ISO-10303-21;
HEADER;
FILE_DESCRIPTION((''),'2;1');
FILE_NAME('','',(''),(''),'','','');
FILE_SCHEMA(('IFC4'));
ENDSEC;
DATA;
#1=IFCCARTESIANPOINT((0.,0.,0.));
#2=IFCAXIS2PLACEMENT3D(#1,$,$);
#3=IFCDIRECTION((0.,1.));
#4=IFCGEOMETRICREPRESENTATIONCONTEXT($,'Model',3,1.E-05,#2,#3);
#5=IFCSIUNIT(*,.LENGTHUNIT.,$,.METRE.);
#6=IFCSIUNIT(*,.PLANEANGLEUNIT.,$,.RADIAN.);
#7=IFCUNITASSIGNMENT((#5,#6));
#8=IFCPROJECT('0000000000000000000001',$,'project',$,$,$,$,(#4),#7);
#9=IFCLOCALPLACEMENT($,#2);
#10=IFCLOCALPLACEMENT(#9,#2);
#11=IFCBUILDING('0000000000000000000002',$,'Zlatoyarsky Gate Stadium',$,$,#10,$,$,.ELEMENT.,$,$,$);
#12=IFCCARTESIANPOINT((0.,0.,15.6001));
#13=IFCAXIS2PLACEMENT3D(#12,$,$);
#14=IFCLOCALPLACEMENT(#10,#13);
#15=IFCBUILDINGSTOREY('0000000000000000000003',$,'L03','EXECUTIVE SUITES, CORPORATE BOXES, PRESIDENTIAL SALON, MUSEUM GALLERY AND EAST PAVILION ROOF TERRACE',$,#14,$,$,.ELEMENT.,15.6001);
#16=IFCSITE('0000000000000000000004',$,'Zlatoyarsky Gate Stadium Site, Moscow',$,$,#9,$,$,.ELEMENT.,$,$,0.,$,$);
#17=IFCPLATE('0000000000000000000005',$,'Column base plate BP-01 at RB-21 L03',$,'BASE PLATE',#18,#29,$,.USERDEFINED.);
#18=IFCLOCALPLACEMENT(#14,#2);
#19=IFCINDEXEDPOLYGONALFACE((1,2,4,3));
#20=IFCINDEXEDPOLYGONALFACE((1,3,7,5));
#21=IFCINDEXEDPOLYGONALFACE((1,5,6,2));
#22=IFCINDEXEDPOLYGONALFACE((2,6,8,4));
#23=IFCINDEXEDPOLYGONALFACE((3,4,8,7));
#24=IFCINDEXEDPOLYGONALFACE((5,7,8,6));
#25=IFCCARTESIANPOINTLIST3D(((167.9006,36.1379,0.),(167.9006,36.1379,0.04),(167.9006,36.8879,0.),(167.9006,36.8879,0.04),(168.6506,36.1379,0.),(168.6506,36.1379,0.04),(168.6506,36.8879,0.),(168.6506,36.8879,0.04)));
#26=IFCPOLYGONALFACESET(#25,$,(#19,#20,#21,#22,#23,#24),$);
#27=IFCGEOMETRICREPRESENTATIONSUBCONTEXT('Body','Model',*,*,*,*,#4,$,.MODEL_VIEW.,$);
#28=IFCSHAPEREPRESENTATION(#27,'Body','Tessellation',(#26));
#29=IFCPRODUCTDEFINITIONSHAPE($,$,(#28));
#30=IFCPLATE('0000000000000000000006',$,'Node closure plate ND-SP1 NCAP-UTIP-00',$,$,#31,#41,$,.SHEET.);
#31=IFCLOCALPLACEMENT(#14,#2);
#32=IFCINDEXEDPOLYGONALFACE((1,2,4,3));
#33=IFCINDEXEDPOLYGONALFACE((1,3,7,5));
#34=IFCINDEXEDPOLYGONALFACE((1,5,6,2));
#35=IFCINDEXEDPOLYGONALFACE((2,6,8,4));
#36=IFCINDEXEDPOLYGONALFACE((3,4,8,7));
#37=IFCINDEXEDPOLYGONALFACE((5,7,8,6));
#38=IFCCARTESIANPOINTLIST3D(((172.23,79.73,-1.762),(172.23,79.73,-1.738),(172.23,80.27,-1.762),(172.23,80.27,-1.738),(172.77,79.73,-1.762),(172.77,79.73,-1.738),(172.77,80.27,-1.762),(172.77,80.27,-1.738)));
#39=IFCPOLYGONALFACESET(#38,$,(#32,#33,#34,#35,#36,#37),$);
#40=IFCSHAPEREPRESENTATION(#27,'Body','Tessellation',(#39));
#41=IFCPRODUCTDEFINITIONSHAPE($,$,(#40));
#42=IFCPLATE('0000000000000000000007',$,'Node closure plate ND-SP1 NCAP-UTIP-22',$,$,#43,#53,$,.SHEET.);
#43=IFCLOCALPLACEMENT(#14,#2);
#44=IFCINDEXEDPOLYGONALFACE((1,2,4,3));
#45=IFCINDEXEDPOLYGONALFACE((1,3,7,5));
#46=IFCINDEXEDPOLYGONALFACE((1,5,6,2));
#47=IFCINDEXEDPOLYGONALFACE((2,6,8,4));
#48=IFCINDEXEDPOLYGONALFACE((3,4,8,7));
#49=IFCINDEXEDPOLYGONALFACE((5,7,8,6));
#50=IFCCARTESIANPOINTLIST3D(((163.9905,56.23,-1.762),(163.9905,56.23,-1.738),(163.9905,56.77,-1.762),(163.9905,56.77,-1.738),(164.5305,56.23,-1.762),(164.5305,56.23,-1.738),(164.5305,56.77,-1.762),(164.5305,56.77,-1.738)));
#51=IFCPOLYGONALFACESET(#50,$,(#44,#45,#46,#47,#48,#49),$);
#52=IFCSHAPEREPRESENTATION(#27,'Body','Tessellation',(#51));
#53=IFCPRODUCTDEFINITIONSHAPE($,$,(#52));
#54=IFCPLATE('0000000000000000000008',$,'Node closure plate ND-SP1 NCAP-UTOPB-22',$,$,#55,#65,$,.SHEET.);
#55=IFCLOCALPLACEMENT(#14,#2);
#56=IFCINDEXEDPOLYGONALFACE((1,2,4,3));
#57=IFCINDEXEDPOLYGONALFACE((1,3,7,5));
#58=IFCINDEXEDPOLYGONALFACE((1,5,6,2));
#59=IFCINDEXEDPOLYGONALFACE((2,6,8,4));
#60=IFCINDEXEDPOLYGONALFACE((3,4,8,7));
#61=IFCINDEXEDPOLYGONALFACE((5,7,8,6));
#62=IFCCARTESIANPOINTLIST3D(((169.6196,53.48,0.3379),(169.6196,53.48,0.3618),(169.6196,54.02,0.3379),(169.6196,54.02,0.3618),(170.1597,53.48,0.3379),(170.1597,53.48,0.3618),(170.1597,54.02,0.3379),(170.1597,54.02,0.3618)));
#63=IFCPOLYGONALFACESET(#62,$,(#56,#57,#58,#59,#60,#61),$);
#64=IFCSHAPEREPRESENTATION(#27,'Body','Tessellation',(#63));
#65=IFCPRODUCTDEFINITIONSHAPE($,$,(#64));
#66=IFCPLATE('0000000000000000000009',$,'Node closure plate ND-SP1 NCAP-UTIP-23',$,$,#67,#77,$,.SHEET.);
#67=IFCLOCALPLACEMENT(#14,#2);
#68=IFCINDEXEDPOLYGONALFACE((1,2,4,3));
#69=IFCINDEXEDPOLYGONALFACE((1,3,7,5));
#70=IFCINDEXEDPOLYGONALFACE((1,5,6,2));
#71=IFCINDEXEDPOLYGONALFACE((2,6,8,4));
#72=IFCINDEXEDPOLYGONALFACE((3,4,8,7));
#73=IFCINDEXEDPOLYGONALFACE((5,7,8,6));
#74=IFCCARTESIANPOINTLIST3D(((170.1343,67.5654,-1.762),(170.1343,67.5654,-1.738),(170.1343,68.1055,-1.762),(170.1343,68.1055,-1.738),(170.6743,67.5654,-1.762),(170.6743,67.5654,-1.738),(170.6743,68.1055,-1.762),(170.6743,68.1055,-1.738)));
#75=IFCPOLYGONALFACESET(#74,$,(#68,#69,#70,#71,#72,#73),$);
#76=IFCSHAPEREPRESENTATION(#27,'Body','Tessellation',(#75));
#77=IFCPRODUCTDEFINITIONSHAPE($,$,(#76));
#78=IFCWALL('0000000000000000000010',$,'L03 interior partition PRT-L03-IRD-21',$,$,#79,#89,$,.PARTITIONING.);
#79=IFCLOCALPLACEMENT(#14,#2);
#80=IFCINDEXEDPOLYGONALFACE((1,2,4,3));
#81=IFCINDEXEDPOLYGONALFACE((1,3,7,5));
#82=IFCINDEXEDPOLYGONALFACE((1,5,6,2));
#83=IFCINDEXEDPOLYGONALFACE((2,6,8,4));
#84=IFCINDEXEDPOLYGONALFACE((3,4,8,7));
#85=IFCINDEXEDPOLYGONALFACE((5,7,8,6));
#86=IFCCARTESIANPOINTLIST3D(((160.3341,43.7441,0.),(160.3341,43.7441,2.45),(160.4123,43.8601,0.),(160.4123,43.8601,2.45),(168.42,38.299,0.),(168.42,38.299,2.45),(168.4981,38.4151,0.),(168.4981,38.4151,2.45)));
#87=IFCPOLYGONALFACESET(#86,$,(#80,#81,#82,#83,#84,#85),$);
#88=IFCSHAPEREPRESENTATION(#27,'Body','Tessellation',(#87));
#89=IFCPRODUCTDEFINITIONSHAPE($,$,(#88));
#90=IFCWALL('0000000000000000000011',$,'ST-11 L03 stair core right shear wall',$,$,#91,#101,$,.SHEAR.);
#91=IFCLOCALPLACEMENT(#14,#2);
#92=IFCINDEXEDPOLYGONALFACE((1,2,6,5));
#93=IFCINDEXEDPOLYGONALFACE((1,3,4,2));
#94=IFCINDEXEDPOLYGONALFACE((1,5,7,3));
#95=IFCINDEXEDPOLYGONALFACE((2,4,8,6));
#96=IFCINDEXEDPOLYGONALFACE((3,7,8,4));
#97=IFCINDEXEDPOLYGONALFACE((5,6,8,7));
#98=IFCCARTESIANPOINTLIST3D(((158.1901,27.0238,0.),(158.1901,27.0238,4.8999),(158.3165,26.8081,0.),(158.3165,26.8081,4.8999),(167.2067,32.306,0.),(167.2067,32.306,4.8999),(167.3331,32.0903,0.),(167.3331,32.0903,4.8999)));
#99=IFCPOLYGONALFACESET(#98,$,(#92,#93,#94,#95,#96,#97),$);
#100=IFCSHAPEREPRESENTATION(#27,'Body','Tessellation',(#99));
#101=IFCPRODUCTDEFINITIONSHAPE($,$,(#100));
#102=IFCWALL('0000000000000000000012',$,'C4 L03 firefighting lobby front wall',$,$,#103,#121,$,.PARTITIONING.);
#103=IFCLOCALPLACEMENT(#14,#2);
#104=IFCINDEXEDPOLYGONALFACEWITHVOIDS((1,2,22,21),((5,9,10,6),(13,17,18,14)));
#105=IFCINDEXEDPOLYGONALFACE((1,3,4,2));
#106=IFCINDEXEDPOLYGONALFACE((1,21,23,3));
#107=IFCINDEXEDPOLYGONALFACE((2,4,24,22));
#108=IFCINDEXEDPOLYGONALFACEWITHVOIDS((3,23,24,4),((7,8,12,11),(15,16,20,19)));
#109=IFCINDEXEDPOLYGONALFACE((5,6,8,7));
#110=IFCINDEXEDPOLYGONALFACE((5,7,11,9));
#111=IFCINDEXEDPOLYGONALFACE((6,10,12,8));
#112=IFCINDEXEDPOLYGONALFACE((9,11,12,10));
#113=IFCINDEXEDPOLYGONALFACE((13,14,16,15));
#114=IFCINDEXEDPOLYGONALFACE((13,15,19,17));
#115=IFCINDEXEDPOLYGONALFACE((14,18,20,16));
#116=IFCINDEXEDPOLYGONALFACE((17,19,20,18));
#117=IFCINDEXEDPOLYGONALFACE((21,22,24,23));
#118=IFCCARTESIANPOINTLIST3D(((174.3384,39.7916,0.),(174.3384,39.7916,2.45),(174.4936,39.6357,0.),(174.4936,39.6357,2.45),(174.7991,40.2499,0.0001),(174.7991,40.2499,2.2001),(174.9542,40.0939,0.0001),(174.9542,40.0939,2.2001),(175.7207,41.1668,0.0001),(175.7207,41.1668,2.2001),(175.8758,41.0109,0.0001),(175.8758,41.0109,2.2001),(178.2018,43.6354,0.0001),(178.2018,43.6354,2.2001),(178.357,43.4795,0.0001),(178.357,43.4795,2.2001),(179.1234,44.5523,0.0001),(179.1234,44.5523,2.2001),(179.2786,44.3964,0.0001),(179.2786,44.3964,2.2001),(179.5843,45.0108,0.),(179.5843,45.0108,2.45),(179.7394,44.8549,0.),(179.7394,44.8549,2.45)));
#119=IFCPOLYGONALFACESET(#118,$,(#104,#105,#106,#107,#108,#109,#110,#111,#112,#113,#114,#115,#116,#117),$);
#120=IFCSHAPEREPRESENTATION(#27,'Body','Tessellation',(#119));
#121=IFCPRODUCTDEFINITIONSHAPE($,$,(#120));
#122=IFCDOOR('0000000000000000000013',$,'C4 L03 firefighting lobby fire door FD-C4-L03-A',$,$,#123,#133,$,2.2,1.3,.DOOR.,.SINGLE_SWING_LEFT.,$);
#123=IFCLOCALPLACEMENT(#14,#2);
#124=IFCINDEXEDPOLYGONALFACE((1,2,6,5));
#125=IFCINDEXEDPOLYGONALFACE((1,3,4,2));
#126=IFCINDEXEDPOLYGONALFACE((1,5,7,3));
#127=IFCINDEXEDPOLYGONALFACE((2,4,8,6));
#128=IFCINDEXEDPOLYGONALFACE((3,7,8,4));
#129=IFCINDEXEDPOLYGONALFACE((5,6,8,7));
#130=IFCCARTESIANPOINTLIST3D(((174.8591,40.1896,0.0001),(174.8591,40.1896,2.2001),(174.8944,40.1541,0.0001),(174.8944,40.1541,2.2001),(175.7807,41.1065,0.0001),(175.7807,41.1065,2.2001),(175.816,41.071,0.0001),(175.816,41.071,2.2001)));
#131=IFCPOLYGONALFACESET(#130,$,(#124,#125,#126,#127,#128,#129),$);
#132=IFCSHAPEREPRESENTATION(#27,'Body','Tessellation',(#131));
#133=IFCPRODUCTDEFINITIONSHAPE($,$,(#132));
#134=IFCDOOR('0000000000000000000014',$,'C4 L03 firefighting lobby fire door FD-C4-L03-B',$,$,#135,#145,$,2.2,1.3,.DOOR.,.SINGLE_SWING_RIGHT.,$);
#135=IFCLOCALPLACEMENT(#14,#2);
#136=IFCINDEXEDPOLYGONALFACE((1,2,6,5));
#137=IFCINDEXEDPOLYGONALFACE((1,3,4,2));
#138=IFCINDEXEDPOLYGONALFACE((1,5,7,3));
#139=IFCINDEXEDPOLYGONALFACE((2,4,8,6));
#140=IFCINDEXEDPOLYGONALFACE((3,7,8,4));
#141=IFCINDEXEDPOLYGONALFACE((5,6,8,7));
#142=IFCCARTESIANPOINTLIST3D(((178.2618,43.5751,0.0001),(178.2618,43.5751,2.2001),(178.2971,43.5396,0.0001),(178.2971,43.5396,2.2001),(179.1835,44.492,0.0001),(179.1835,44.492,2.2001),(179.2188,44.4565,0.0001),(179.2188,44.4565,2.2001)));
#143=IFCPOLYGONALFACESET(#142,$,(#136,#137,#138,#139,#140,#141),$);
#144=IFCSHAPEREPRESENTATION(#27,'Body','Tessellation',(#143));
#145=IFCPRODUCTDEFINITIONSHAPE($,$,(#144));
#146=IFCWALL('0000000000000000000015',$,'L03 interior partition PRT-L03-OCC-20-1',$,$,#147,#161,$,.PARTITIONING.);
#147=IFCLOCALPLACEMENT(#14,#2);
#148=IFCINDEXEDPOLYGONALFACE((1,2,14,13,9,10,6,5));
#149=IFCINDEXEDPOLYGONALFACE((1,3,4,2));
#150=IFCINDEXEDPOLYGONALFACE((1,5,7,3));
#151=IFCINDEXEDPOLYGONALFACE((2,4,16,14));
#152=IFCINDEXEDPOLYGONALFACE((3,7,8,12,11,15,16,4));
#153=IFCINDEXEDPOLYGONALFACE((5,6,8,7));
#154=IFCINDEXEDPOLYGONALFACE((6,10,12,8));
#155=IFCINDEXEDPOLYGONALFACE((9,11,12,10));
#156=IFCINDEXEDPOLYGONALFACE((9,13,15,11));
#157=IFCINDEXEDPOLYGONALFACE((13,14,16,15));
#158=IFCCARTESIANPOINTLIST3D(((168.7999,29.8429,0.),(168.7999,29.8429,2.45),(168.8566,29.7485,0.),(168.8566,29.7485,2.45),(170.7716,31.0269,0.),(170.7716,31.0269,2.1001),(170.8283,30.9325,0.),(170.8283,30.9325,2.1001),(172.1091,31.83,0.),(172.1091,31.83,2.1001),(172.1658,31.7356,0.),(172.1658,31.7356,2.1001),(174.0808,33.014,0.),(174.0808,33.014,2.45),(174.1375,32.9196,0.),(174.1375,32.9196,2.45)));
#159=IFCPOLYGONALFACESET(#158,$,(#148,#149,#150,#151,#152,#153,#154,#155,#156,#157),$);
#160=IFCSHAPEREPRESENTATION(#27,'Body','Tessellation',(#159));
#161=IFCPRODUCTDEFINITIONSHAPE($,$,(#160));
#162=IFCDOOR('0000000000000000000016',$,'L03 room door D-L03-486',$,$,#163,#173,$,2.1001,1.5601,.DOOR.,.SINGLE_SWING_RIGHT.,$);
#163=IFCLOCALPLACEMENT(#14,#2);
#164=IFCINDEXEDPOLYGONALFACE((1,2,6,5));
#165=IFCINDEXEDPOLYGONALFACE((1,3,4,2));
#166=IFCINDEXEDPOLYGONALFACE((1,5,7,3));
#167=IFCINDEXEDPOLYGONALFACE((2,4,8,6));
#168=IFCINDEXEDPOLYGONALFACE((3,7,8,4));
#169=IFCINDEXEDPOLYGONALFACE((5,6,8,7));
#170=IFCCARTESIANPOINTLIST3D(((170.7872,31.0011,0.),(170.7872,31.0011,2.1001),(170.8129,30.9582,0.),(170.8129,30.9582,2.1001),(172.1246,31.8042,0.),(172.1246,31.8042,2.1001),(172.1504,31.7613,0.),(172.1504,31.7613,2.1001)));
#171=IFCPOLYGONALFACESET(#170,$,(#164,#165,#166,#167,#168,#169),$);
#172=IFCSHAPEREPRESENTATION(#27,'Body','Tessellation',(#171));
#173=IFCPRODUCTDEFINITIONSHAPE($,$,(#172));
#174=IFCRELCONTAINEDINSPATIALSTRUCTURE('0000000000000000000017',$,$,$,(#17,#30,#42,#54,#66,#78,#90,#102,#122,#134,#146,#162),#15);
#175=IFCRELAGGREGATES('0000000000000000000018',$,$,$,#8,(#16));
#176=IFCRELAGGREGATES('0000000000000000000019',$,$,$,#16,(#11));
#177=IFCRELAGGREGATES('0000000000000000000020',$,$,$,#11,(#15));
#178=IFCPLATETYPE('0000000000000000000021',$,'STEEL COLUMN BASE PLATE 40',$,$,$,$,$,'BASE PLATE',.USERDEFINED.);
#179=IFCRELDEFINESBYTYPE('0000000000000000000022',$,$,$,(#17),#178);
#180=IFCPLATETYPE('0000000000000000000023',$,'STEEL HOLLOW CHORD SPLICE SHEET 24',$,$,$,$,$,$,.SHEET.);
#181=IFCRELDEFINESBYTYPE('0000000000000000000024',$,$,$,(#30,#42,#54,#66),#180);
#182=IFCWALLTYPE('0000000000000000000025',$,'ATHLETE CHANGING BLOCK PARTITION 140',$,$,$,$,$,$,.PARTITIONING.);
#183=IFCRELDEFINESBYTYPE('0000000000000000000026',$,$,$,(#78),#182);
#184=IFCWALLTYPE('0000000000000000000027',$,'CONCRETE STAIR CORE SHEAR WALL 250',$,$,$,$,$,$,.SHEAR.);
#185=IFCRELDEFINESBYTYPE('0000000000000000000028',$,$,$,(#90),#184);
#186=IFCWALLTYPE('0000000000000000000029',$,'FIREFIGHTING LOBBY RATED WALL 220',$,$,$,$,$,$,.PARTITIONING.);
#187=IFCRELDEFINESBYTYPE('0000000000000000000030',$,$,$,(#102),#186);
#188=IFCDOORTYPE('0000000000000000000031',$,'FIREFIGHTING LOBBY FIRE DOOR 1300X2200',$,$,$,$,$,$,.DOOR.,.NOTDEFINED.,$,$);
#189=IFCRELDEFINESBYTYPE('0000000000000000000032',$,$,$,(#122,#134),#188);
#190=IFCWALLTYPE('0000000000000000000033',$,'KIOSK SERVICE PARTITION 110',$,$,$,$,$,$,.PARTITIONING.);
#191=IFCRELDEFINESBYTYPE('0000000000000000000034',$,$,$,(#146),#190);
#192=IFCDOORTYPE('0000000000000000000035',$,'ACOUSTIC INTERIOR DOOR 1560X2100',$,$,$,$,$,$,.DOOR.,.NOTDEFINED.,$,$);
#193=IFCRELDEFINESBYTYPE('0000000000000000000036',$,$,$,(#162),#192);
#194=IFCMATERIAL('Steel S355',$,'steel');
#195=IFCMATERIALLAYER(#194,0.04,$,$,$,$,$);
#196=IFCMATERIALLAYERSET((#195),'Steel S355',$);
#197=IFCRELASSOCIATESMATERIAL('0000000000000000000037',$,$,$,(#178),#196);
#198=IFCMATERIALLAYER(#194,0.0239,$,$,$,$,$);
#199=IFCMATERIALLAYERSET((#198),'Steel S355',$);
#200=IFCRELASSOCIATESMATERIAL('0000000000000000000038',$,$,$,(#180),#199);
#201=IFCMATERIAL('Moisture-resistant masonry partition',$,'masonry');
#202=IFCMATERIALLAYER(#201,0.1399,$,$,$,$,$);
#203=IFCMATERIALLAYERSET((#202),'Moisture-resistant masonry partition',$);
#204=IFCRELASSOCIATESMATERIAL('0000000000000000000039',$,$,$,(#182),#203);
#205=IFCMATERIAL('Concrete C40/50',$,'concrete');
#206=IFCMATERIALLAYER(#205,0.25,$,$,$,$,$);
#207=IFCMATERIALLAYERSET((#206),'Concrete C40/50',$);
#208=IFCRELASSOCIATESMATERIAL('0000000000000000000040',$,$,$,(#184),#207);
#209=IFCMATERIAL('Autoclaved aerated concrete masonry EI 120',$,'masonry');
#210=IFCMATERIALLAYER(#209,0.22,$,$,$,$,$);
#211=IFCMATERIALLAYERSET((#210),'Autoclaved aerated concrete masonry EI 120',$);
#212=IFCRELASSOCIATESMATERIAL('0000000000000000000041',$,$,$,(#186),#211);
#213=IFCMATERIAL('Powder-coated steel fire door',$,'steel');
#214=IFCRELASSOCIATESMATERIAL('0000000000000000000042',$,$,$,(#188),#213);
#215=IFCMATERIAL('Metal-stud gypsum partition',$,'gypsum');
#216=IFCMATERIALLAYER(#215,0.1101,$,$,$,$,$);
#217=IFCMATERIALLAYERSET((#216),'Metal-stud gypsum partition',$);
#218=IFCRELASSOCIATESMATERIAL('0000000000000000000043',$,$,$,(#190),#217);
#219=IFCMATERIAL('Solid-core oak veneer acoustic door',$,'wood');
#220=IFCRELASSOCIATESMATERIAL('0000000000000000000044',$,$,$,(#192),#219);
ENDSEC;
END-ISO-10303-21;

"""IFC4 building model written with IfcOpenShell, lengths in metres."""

from ifc_helpers import new_model, si_unit, direction, frame, frame_2d, origin, origin_2d, place, context, subcontext, project, spatial, rectangle, extrude, material, layer, layer_set, type_object, element, fill, save


model = new_model("IFC4")

# Units and contexts
model_context = context("Model", 3, precision=1e-05, world=origin(), true_north=direction((0.0, 1.0)))
body_context = subcontext(model_context, "Body", "Model", "MODEL_VIEW")
ifc_project = project(units=[si_unit("LENGTHUNIT", "METRE"), si_unit("PLANEANGLEUNIT", "RADIAN")], contexts=[model_context])

# Site, building, storey
site_placement = place(None, origin())
site = spatial("IfcSite", under=ifc_project, at=site_placement, Name="Zlatoyarsky Gate Stadium Site, Moscow", CompositionType="ELEMENT", RefElevation=0.0)
building_placement = place(site_placement, origin())
building = spatial("IfcBuilding", under=site, at=building_placement, Name="Zlatoyarsky Gate Stadium", CompositionType="ELEMENT")
storey_placement = place(building_placement, frame((0.0, 0.0, 15.6001)))
storey = spatial("IfcBuildingStorey", under=building, at=storey_placement, Name="L03", Description="EXECUTIVE SUITES, CORPORATE BOXES, PRESIDENTIAL SALON, MUSEUM GALLERY AND EAST PAVILION ROOF TERRACE", CompositionType="ELEMENT", Elevation=15.6001)

# Shared definitions
ifc_material_1 = material(Name="Steel S355", Category="steel")

# Plates
ifc_layer_1 = layer(ifc_material_1, 0.04)
ifc_layer_set_1 = layer_set([ifc_layer_1], Name="Steel S355")
plate_type_1 = type_object("IfcPlateType", Name="STEEL COLUMN BASE PLATE 40", ElementType="BASE PLATE", PredefinedType="USERDEFINED", material=ifc_layer_set_1)
plate_placement = place(storey_placement, frame((168.2756, 36.5129, 0.0), z_axis=(0.0, 0.0, 1.0), x_axis=(1.0, 0.0, 0.0)))
element("IfcPlate", 1, at=plate_placement, inside=storey, type_object=plate_type_1, Name="Column base plate BP-01 at RB-21 L03", ObjectType="BASE PLATE", PredefinedType="USERDEFINED", context=body_context, shape_type="SweptSolid", body=[
    extrude(rectangle(XDim=0.75, YDim=0.75, at=origin_2d()), origin(), (0.0, 0.0, 1.0), 0.04),
])
ifc_layer_2 = layer(ifc_material_1, 0.0239)
ifc_layer_set_2 = layer_set([ifc_layer_2], Name="Steel S355")
plate_type_2 = type_object("IfcPlateType", Name="STEEL HOLLOW CHORD SPLICE SHEET 24", PredefinedType="SHEET", material=ifc_layer_set_2)
for number, where, z_axis, x_axis, name in (
    (2, (172.5, 80.0, -1.762), (0.0, 0.0, 1.0), (1.0, 0.0, 0.0), "Node closure plate ND-SP1 NCAP-UTIP-00"),
    (3, (164.2605, 56.5, -1.762), (0.0, 0.0, 1.0), (1.0, 0.0, 0.0), "Node closure plate ND-SP1 NCAP-UTIP-22"),
    (4, (169.8896, 53.75, 0.3379), (0.0, 0.0, 1.0), (1.0, 0.0, 0.0), "Node closure plate ND-SP1 NCAP-UTOPB-22"),
    (5, (170.4043, 67.8354, -1.762), (0.0, 0.0, 1.0), (1.0, 0.0, 0.0), "Node closure plate ND-SP1 NCAP-UTIP-23"),
):
    element("IfcPlate", number, at=place(storey_placement, frame(where, z_axis=z_axis, x_axis=x_axis)), inside=storey, type_object=plate_type_2, Name=name, PredefinedType="SHEET", context=body_context, shape_type="SweptSolid", body=[
        extrude(rectangle(XDim=0.54, YDim=0.54, at=origin_2d()), origin(), (0.0, 0.0, 1.0), 0.0239),
    ])

# Walls
ifc_material_2 = material(Name="Moisture-resistant masonry partition", Category="masonry")
ifc_layer_3 = layer(ifc_material_2, 0.1399)
ifc_layer_set_3 = layer_set([ifc_layer_3], Name="Moisture-resistant masonry partition")
wall_type_1 = type_object("IfcWallType", Name="ATHLETE CHANGING BLOCK PARTITION 140", PredefinedType="PARTITIONING", material=ifc_layer_set_3)
wall_1_placement = place(storey_placement, frame((160.3733, 43.802, 0.0), z_axis=(0.0, 0.0, 1.0), x_axis=(0.829464, -0.558561, 0.0)))
element("IfcWall", 6, at=wall_1_placement, inside=storey, type_object=wall_type_1, Name="L03 interior partition PRT-L03-IRD-21", PredefinedType="PARTITIONING", context=body_context, shape_type="SweptSolid", body=[
    extrude(rectangle(XDim=9.7483, YDim=0.1399, at=frame_2d((4.874, 0.0))), origin(), (0.0, 0.0, 1.0), 2.45),
])
ifc_material_3 = material(Name="Concrete C40/50", Category="concrete")
ifc_layer_4 = layer(ifc_material_3, 0.25)
ifc_layer_set_4 = layer_set([ifc_layer_4], Name="Concrete C40/50")
wall_type_2 = type_object("IfcWallType", Name="CONCRETE STAIR CORE SHEAR WALL 250", PredefinedType="SHEAR", material=ifc_layer_set_4)
wall_2_placement = place(storey_placement, frame((167.27, 32.1982, 0.0), z_axis=(0.0, 0.0, 1.0), x_axis=(-0.862839, -0.50548, 0.0)))
element("IfcWall", 7, at=wall_2_placement, inside=storey, type_object=wall_type_2, Name="ST-11 L03 stair core right shear wall", PredefinedType="SHEAR", context=body_context, shape_type="SweptSolid", body=[
    extrude(rectangle(XDim=10.45, YDim=0.25, at=frame_2d((5.2251, 0.0))), origin(), (0.0, 0.0, 1.0), 4.8999),
])

# Wall, openings, doors
ifc_material_4 = material(Name="Autoclaved aerated concrete masonry EI 120", Category="masonry")
ifc_layer_5 = layer(ifc_material_4, 0.22)
ifc_layer_set_5 = layer_set([ifc_layer_5], Name="Autoclaved aerated concrete masonry EI 120")
wall_type_3 = type_object("IfcWallType", Name="FIREFIGHTING LOBBY RATED WALL 220", PredefinedType="PARTITIONING", material=ifc_layer_set_5)
wall_3_placement = place(storey_placement, frame((174.416, 39.7136, 0.0), z_axis=(0.0, 0.0, 1.0), x_axis=(0.708903, 0.705306, 0.0)))
wall_3 = element("IfcWall", 8, at=wall_3_placement, inside=storey, type_object=wall_type_3, Name="C4 L03 firefighting lobby front wall", PredefinedType="PARTITIONING", context=body_context, shape_type="SweptSolid", body=[
    extrude(rectangle(XDim=7.3999, YDim=0.22, at=frame_2d((3.7, 0.0))), origin(), (0.0, 0.0, 1.0), 2.45),
])
opening_1_placement = place(wall_3_placement, frame((0.6499, 0.0, 0.0)))
opening_1 = element("IfcOpeningElement", 9, at=opening_1_placement, cuts=wall_3, PredefinedType="OPENING", context=body_context, shape_type="SweptSolid", body=[
    extrude(rectangle(XDim=1.3, YDim=2.2, at=frame_2d((0.6499, 1.1001))), frame((0.0, 0.1199, 0.0), z_axis=(0.0, -1.0, 0.0), x_axis=(1.0, 0.0, 0.0)), (0.0, 0.0, 1.0), 0.24),
])
opening_2_placement = place(wall_3_placement, frame((5.45, 0.0, 0.0)))
opening_2 = element("IfcOpeningElement", 10, at=opening_2_placement, cuts=wall_3, PredefinedType="OPENING", context=body_context, shape_type="SweptSolid", body=[
    extrude(rectangle(XDim=1.3, YDim=2.2, at=frame_2d((0.6499, 1.1001))), frame((0.0, 0.1199, 0.0), z_axis=(0.0, -1.0, 0.0), x_axis=(1.0, 0.0, 0.0)), (0.0, 0.0, 1.0), 0.24),
])
ifc_material_5 = material(Name="Powder-coated steel fire door", Category="steel")
door_type_1 = type_object("IfcDoorType", Name="FIREFIGHTING LOBBY FIRE DOOR 1300X2200", OperationType="NOTDEFINED", PredefinedType="DOOR", material=ifc_material_5)
door_1_placement = place(opening_1_placement, origin())
door_1 = element("IfcDoor", 11, at=door_1_placement, inside=storey, type_object=door_type_1, Name="C4 L03 firefighting lobby fire door FD-C4-L03-A", OperationType="SINGLE_SWING_LEFT", OverallHeight=2.2, OverallWidth=1.3, PredefinedType="DOOR", context=body_context, shape_type="SweptSolid", body=[
    extrude(rectangle(XDim=1.3, YDim=2.2, at=frame_2d((0.6499, 1.1001))), frame((0.0, 0.0249, 0.0), z_axis=(0.0, -1.0, 0.0), x_axis=(1.0, 0.0, 0.0)), (0.0, 0.0, 1.0), 0.05),
])
fill(opening_1, door_1)
door_2_placement = place(opening_2_placement, origin())
door_2 = element("IfcDoor", 12, at=door_2_placement, inside=storey, type_object=door_type_1, Name="C4 L03 firefighting lobby fire door FD-C4-L03-B", OperationType="SINGLE_SWING_RIGHT", OverallHeight=2.2, OverallWidth=1.3, PredefinedType="DOOR", context=body_context, shape_type="SweptSolid", body=[
    extrude(rectangle(XDim=1.3, YDim=2.2, at=frame_2d((0.6499, 1.1001))), frame((0.0, 0.0249, 0.0), z_axis=(0.0, -1.0, 0.0), x_axis=(1.0, 0.0, 0.0)), (0.0, 0.0, 1.0), 0.05),
])
fill(opening_2, door_2)

# Wall, opening, door
ifc_material_6 = material(Name="Metal-stud gypsum partition", Category="gypsum")
ifc_layer_6 = layer(ifc_material_6, 0.1101)
ifc_layer_set_6 = layer_set([ifc_layer_6], Name="Metal-stud gypsum partition")
wall_type_4 = type_object("IfcWallType", Name="KIOSK SERVICE PARTITION 110", PredefinedType="PARTITIONING", material=ifc_layer_set_6)
wall_4_placement = place(storey_placement, frame((168.8281, 29.7957, 0.0), z_axis=(0.0, 0.0, 1.0), x_axis=(0.857311, 0.514799, 0.0)))
wall_4 = element("IfcWall", 13, at=wall_4_placement, inside=storey, type_object=wall_type_4, Name="L03 interior partition PRT-L03-OCC-20-1", PredefinedType="PARTITIONING", context=body_context, shape_type="SweptSolid", body=[
    extrude(rectangle(XDim=6.1599, YDim=0.1101, at=frame_2d((3.0801, 0.0))), origin(), (0.0, 0.0, 1.0), 2.45),
])
opening_3_placement = place(wall_4_placement, frame((2.3, 0.0, 0.0)))
opening_3 = element("IfcOpeningElement", 14, at=opening_3_placement, cuts=wall_4, PredefinedType="OPENING", context=body_context, shape_type="SweptSolid", body=[
    extrude(rectangle(XDim=1.5601, YDim=2.1001, at=frame_2d((0.78, 1.05))), frame((0.0, 0.0649, 0.0), z_axis=(0.0, -1.0, 0.0), x_axis=(1.0, 0.0, 0.0)), (0.0, 0.0, 1.0), 0.1301),
])
ifc_material_7 = material(Name="Solid-core oak veneer acoustic door", Category="wood")
door_type_2 = type_object("IfcDoorType", Name="ACOUSTIC INTERIOR DOOR 1560X2100", OperationType="NOTDEFINED", PredefinedType="DOOR", material=ifc_material_7)
door_3_placement = place(opening_3_placement, origin())
door_3 = element("IfcDoor", 15, at=door_3_placement, inside=storey, type_object=door_type_2, Name="L03 room door D-L03-486", OperationType="SINGLE_SWING_RIGHT", OverallHeight=2.1001, OverallWidth=1.5601, PredefinedType="DOOR", context=body_context, shape_type="SweptSolid", body=[
    extrude(rectangle(XDim=1.5601, YDim=2.1001, at=frame_2d((0.78, 1.05))), frame((0.0, 0.0249, 0.0), z_axis=(0.0, -1.0, 0.0), x_axis=(1.0, 0.0, 0.0)), (0.0, 0.0, 1.0), 0.05),
])
fill(opening_3, door_3)

save(model, "model.ifc")
